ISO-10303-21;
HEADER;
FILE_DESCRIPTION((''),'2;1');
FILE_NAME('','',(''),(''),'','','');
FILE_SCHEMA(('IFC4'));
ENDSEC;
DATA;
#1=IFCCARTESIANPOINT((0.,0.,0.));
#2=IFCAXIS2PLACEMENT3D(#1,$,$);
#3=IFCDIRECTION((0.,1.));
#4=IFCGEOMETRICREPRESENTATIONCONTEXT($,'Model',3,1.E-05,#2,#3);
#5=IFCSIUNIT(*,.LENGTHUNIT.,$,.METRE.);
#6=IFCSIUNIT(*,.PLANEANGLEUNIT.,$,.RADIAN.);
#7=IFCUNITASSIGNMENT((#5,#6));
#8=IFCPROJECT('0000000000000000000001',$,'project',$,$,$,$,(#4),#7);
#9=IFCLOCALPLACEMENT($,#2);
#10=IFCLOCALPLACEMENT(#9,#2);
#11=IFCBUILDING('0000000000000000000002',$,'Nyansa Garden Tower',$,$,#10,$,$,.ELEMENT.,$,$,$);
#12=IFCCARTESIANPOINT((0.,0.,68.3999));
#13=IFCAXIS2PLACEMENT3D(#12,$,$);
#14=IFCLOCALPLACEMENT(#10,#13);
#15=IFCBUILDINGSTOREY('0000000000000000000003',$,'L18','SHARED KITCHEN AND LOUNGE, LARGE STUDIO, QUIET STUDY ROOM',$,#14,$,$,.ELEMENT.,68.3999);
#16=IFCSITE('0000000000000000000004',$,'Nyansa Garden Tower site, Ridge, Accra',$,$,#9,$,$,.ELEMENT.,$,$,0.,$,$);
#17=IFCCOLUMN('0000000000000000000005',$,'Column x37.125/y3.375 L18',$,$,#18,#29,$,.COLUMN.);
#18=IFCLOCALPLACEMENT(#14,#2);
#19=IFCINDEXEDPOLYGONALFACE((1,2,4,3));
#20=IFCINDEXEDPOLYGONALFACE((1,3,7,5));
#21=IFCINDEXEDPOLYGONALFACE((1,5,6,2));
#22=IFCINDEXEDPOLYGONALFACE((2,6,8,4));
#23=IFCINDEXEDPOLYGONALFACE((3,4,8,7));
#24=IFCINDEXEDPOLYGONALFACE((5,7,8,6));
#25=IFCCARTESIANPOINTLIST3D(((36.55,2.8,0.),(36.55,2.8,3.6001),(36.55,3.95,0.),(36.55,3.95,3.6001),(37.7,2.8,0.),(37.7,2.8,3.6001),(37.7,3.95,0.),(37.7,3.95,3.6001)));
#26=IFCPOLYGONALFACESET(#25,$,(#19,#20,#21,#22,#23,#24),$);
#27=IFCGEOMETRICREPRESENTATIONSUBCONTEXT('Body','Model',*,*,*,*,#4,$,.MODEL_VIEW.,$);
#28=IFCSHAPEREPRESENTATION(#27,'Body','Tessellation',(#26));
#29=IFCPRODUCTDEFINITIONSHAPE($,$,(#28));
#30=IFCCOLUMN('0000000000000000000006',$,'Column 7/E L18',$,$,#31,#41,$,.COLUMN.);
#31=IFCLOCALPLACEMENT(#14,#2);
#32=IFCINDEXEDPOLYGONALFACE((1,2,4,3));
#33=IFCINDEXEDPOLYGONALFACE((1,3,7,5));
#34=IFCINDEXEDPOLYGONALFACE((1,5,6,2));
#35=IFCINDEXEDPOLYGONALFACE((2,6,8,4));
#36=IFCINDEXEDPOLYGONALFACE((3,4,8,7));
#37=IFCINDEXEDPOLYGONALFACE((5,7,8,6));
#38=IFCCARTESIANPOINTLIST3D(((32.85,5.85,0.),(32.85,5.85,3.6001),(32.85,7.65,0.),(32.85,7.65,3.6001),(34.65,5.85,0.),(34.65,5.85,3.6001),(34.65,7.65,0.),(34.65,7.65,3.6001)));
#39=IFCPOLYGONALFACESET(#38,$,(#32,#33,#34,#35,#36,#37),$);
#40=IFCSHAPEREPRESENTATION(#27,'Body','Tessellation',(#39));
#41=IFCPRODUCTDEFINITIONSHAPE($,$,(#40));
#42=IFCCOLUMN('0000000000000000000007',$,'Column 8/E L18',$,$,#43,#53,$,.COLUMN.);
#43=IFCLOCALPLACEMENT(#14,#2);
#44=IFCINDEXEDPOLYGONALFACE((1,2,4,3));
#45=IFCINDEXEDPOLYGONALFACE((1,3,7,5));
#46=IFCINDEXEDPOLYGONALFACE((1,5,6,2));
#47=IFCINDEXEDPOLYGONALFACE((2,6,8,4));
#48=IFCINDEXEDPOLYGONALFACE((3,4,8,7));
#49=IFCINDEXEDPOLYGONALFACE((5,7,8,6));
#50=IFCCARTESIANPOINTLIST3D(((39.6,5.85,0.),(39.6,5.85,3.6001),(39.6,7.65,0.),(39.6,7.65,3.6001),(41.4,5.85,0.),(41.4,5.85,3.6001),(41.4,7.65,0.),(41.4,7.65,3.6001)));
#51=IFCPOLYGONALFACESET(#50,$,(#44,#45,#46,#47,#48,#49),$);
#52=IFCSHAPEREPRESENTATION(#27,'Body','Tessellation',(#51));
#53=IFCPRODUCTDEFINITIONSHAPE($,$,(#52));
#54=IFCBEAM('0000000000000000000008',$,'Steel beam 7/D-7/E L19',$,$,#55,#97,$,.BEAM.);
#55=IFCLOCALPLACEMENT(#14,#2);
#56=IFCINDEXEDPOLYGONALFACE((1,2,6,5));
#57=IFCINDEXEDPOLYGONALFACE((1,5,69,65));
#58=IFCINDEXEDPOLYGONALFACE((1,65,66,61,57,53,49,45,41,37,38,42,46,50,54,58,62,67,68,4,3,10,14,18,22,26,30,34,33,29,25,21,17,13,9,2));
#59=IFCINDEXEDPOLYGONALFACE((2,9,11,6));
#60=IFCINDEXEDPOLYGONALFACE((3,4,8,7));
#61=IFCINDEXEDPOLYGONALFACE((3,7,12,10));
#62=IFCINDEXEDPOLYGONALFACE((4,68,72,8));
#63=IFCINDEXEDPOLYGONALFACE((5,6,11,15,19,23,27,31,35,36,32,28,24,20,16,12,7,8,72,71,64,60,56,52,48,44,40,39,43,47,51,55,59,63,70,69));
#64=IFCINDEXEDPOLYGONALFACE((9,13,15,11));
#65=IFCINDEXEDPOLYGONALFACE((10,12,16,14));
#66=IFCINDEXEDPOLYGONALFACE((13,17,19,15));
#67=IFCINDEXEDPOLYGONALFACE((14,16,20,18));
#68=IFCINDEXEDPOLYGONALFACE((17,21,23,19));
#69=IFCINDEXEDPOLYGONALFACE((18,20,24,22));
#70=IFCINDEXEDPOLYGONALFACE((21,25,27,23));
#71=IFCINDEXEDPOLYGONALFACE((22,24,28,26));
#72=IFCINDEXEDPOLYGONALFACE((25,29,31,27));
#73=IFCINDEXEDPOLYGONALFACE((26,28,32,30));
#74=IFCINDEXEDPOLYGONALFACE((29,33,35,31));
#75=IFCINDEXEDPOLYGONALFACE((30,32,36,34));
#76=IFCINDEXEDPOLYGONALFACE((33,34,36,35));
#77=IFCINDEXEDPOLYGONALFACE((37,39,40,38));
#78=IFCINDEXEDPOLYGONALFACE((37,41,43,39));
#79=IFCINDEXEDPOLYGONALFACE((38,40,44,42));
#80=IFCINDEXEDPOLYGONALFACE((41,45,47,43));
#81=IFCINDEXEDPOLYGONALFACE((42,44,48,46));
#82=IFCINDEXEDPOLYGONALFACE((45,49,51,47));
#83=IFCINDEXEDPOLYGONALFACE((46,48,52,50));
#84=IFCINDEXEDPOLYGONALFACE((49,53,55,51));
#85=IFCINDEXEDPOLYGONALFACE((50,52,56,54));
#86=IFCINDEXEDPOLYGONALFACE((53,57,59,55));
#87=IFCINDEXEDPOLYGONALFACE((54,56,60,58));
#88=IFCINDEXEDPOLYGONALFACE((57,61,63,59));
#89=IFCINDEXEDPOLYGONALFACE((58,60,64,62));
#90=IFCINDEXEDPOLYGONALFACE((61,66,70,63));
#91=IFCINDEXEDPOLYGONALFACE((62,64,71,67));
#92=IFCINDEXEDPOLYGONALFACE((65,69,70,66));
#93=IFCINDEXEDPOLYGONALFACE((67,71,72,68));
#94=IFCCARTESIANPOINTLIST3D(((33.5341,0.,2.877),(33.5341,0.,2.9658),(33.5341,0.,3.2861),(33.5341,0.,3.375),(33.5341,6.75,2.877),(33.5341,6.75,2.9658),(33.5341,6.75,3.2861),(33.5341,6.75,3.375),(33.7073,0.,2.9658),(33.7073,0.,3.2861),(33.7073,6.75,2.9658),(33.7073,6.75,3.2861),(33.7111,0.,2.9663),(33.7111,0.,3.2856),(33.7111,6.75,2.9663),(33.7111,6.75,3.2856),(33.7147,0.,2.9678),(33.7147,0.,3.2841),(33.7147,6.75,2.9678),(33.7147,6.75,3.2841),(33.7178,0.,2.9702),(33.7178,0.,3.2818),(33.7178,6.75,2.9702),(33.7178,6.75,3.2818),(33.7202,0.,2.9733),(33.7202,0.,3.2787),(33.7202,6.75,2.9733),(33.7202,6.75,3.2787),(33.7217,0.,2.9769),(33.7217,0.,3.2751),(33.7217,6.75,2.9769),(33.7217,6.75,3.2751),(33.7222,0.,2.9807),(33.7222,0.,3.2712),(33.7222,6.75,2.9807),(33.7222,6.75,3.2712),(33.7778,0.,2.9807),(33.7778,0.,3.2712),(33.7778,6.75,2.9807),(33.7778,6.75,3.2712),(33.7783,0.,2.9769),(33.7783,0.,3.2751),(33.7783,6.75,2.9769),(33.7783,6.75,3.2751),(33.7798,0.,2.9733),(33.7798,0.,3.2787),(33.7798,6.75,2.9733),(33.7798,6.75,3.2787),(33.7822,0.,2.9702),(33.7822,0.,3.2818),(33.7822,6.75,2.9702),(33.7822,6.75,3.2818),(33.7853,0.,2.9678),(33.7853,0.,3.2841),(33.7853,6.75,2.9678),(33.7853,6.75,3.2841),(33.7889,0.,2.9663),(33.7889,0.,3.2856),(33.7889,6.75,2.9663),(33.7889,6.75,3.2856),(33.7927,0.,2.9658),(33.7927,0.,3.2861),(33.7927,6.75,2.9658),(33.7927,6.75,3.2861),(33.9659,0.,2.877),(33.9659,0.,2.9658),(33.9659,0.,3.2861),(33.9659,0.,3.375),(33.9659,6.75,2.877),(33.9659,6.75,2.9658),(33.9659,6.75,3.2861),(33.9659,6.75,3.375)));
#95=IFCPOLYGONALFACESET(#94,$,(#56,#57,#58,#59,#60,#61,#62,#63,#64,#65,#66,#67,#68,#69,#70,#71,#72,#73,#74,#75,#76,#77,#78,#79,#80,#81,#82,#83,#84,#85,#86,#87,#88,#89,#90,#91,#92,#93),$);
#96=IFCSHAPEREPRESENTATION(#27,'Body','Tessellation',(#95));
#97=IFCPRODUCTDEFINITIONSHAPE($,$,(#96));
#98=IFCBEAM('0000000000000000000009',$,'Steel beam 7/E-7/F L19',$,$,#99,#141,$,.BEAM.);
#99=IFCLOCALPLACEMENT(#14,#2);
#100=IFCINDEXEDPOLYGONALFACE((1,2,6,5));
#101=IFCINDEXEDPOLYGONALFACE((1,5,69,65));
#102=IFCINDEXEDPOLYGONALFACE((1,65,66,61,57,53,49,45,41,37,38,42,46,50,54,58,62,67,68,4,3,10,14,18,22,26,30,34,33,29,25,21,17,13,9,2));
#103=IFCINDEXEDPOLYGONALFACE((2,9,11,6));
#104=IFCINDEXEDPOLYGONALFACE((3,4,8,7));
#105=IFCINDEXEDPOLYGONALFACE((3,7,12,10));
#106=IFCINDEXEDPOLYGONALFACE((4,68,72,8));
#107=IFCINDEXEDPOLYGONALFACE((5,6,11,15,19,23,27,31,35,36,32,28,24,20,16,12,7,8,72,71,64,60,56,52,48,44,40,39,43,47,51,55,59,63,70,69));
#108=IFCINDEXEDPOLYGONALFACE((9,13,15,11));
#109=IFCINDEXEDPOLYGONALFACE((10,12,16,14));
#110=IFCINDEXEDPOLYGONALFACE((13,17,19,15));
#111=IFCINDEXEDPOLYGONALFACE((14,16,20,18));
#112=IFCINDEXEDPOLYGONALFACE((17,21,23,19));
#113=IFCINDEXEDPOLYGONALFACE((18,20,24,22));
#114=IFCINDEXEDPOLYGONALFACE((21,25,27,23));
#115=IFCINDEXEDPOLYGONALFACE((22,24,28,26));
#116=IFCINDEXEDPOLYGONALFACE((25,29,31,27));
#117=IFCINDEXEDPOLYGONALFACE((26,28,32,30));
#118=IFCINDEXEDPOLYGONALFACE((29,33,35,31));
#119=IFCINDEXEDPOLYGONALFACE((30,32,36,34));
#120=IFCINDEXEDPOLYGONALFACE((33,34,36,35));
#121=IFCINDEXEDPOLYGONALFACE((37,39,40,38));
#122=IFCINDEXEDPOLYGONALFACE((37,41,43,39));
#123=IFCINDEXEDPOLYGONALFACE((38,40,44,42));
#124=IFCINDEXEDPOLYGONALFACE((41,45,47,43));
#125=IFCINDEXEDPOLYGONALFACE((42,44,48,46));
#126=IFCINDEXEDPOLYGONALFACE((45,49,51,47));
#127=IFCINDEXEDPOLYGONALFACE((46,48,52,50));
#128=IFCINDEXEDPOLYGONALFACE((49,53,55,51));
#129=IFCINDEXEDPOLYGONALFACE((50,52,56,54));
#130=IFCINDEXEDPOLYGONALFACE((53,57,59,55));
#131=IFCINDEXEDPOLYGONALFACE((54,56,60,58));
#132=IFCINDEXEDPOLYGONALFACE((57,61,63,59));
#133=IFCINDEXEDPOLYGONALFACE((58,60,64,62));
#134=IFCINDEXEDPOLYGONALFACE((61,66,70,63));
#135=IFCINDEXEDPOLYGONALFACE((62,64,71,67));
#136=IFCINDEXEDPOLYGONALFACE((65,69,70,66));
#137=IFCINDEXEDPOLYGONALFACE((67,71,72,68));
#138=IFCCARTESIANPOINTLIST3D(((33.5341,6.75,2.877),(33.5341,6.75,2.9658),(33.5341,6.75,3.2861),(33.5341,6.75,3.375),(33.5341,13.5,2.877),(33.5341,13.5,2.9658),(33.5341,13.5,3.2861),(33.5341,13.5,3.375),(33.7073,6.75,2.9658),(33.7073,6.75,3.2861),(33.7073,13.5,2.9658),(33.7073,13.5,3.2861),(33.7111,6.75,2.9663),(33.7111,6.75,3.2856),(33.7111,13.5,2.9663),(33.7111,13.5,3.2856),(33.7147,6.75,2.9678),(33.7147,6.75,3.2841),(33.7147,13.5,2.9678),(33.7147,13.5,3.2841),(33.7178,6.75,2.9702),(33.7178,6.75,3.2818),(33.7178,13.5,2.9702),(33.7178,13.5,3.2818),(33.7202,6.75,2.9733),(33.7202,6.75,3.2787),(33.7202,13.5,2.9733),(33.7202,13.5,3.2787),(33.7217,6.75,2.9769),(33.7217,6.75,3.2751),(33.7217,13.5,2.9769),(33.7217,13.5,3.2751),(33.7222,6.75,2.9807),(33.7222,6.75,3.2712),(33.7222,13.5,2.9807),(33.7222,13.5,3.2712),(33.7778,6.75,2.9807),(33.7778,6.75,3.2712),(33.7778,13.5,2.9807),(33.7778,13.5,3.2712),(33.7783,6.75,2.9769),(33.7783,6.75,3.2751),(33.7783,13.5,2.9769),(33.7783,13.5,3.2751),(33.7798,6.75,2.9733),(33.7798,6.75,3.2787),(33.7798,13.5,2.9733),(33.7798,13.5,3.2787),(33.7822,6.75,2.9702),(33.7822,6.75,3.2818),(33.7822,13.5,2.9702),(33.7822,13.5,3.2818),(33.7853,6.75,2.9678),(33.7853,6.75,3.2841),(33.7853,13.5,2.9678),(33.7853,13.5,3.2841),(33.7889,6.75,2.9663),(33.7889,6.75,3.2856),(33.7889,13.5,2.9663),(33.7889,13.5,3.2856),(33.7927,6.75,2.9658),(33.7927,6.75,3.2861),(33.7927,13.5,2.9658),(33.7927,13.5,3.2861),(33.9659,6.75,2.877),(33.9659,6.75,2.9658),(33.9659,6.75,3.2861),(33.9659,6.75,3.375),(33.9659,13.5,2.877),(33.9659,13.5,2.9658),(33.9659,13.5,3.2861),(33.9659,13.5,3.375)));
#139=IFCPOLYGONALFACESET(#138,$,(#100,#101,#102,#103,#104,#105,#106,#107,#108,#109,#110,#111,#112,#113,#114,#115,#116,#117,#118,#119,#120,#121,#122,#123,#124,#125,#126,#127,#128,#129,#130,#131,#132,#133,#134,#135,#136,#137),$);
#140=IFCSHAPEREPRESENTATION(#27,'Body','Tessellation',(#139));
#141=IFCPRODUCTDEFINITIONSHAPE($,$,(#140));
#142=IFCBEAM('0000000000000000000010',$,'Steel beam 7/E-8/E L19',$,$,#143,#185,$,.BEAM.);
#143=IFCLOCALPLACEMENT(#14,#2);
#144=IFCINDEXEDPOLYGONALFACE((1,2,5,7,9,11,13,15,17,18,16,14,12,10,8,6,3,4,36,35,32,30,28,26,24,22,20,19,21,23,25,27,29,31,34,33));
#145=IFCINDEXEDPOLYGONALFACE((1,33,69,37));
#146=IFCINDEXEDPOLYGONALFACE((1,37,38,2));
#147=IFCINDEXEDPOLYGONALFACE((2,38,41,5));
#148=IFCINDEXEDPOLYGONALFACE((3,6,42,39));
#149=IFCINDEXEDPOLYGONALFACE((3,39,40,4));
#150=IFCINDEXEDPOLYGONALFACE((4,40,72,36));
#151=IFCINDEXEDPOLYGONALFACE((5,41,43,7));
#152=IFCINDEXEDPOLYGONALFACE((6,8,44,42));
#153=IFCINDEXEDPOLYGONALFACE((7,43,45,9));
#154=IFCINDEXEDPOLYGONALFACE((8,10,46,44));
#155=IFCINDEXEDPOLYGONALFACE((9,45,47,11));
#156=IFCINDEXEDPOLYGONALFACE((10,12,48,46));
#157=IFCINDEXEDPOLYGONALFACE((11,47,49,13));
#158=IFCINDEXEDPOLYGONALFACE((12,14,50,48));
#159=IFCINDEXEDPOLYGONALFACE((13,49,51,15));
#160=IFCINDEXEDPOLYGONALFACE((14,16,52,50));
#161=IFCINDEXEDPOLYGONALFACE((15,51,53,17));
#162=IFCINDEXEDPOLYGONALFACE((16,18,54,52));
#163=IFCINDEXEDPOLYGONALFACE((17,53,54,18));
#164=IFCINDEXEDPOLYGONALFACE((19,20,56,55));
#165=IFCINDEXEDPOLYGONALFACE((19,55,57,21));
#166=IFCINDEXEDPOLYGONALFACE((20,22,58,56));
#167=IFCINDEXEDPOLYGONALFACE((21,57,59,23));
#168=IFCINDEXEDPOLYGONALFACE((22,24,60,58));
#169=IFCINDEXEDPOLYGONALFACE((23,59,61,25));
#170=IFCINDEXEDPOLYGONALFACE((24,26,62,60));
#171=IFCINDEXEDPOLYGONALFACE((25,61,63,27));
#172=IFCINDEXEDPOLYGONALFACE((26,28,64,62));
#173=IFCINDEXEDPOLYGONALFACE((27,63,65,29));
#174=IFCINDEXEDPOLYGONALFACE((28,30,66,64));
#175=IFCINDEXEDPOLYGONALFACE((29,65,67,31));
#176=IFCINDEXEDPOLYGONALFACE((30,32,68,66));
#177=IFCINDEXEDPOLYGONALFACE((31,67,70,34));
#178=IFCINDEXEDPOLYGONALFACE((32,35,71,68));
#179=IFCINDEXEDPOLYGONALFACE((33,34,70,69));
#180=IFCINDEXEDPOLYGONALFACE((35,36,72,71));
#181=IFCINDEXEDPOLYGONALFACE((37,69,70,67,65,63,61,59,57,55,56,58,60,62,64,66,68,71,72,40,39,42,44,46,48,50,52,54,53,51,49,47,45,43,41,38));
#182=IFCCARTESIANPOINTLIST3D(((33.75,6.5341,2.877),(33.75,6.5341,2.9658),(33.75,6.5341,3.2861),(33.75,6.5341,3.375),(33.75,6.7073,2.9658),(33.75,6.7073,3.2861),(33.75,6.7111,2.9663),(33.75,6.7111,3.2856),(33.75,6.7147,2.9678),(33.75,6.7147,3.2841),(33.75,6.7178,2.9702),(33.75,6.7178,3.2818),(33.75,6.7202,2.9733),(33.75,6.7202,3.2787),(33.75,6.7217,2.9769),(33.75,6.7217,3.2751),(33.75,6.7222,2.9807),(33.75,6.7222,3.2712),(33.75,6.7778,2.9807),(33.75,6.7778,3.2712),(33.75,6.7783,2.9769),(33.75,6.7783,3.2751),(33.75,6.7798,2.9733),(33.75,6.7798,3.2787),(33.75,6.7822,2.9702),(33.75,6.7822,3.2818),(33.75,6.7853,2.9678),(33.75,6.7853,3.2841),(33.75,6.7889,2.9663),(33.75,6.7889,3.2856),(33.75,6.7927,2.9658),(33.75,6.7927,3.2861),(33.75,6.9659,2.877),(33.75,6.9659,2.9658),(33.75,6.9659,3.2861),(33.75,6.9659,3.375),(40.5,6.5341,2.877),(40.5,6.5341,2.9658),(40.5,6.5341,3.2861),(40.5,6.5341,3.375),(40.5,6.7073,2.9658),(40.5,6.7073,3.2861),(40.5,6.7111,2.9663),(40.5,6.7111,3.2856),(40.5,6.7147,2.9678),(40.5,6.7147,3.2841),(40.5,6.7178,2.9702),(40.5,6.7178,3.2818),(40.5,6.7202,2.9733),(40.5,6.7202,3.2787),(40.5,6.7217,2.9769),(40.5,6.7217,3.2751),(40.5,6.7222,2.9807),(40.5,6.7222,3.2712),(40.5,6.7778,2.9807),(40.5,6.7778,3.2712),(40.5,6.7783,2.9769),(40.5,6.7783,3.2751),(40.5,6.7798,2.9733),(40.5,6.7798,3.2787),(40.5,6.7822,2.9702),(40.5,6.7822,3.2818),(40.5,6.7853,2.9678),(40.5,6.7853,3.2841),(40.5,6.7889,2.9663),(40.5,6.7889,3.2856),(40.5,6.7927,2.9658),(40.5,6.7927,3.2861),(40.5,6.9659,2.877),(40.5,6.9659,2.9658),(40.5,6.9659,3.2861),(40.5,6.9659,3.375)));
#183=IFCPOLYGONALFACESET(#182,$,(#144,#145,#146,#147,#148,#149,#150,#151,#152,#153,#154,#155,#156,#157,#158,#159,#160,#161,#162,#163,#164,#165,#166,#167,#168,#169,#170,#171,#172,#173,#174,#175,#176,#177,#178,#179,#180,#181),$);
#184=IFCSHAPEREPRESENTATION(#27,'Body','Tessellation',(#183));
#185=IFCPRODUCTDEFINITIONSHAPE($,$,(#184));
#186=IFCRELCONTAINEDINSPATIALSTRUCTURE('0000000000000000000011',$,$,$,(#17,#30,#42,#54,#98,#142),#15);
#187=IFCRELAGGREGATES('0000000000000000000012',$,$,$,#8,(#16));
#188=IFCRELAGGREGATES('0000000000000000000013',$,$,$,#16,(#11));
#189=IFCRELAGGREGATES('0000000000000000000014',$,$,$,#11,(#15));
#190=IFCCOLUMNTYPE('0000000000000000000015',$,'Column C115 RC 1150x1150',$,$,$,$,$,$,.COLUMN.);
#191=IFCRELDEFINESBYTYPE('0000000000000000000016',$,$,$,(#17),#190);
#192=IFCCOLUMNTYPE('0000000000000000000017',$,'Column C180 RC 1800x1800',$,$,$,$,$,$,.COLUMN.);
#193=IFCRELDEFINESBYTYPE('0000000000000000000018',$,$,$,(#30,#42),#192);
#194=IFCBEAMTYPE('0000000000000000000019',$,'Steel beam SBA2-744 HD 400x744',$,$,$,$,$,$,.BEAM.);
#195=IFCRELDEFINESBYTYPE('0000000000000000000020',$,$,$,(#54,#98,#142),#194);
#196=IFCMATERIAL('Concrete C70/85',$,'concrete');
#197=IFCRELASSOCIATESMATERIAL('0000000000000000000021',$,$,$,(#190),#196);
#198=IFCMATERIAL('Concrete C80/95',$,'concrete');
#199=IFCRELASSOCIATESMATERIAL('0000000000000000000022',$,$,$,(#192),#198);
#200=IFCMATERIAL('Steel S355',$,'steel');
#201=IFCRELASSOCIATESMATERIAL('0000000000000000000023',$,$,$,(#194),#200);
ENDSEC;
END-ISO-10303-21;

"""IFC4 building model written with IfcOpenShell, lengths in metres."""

from ifc_helpers import new_model, si_unit, direction, frame, origin, origin_2d, place, context, subcontext, project, spatial, rectangle, i_section, extrude, material, material_profile, profile_set, type_object, element, save


model = new_model("IFC4")

# Units and contexts
model_context = context("Model", 3, precision=1e-05, world=origin(), true_north=direction((0.0, 1.0)))
body_context = subcontext(model_context, "Body", "Model", "MODEL_VIEW")
ifc_project = project(units=[si_unit("LENGTHUNIT", "METRE"), si_unit("PLANEANGLEUNIT", "RADIAN")], contexts=[model_context])

# Site, building, storey
site_placement = place(None, origin())
site = spatial("IfcSite", under=ifc_project, at=site_placement, Name="Nyansa Garden Tower site, Ridge, Accra", CompositionType="ELEMENT", RefElevation=0.0)
building_placement = place(site_placement, origin())
building = spatial("IfcBuilding", under=site, at=building_placement, Name="Nyansa Garden Tower", CompositionType="ELEMENT")
storey_placement = place(building_placement, frame((0.0, 0.0, 68.3999)))
storey = spatial("IfcBuildingStorey", under=building, at=storey_placement, Name="L18", Description="SHARED KITCHEN AND LOUNGE, LARGE STUDIO, QUIET STUDY ROOM", CompositionType="ELEMENT", Elevation=68.3999)

# Columns
ifc_material_1 = material(Name="Concrete C70/85", Category="concrete")
ifc_material_profile_1 = material_profile(ifc_material_1, rectangle(XDim=1.1499, YDim=1.1499, at=origin_2d()), Name="RC 1150x1150")
ifc_profile_set_1 = profile_set([ifc_material_profile_1], Name="Concrete C70/85")
column_type_1 = type_object("IfcColumnType", Name="Column C115 RC 1150x1150", PredefinedType="COLUMN", material=ifc_profile_set_1)
column_placement = place(storey_placement, frame((37.125, 3.375, 0.0), z_axis=(0.0, 0.0, 1.0), x_axis=(1.0, 0.0, 0.0)))
element("IfcColumn", 1, at=column_placement, inside=storey, type_object=column_type_1, Name="Column x37.125/y3.375 L18", PredefinedType="COLUMN", context=body_context, shape_type="SweptSolid", body=[
    extrude(rectangle(XDim=1.1499, YDim=1.1499, at=origin_2d()), origin(), (0.0, 0.0, 1.0), 3.6001),
])
ifc_material_2 = material(Name="Concrete C80/95", Category="concrete")
ifc_material_profile_2 = material_profile(ifc_material_2, rectangle(XDim=1.8, YDim=1.8, at=origin_2d()), Name="RC 1800x1800")
ifc_profile_set_2 = profile_set([ifc_material_profile_2], Name="Concrete C80/95")
column_type_2 = type_object("IfcColumnType", Name="Column C180 RC 1800x1800", PredefinedType="COLUMN", material=ifc_profile_set_2)
for number, where, z_axis, x_axis, name in (
    (2, (33.75, 6.75, 0.0), (0.0, 0.0, 1.0), (1.0, 0.0, 0.0), "Column 7/E L18"),
    (3, (40.5, 6.75, 0.0), (0.0, 0.0, 1.0), (1.0, 0.0, 0.0), "Column 8/E L18"),
):
    element("IfcColumn", number, at=place(storey_placement, frame(where, z_axis=z_axis, x_axis=x_axis)), inside=storey, type_object=column_type_2, Name=name, PredefinedType="COLUMN", context=body_context, shape_type="SweptSolid", body=[
        extrude(rectangle(XDim=1.8, YDim=1.8, at=origin_2d()), origin(), (0.0, 0.0, 1.0), 3.6001),
    ])

# Beams
ifc_material_3 = material(Name="Steel S355", Category="steel")
ifc_material_profile_3 = material_profile(ifc_material_3, i_section(OverallWidth=0.4319, OverallDepth=0.498, WebThickness=0.0557, FlangeThickness=0.0889, FilletRadius=0.0149, at=origin_2d()), Name="HD 400x744")
ifc_profile_set_3 = profile_set([ifc_material_profile_3], Name="Steel S355")
beam_type_1 = type_object("IfcBeamType", Name="Steel beam SBA2-744 HD 400x744", PredefinedType="BEAM", material=ifc_profile_set_3)
for number, where, z_axis, x_axis, name in (
    (4, (33.75, 0.0, 3.126), (0.0, 1.0, 0.0), (-1.0, 0.0, 0.0), "Steel beam 7/D-7/E L19"),
    (5, (33.75, 6.75, 3.126), (0.0, 1.0, 0.0), (-1.0, 0.0, 0.0), "Steel beam 7/E-7/F L19"),
    (6, (33.75, 6.75, 3.126), (1.0, 0.0, 0.0), (0.0, 1.0, 0.0), "Steel beam 7/E-8/E L19"),
):
    element("IfcBeam", number, at=place(storey_placement, frame(where, z_axis=z_axis, x_axis=x_axis)), inside=storey, type_object=beam_type_1, Name=name, PredefinedType="BEAM", context=body_context, shape_type="SweptSolid", body=[
        extrude(i_section(OverallWidth=0.4319, OverallDepth=0.498, WebThickness=0.0557, FlangeThickness=0.0889, FilletRadius=0.0149, at=origin_2d()), origin(), (0.0, 0.0, 1.0), 6.75),
    ])

save(model, "model.ifc")
